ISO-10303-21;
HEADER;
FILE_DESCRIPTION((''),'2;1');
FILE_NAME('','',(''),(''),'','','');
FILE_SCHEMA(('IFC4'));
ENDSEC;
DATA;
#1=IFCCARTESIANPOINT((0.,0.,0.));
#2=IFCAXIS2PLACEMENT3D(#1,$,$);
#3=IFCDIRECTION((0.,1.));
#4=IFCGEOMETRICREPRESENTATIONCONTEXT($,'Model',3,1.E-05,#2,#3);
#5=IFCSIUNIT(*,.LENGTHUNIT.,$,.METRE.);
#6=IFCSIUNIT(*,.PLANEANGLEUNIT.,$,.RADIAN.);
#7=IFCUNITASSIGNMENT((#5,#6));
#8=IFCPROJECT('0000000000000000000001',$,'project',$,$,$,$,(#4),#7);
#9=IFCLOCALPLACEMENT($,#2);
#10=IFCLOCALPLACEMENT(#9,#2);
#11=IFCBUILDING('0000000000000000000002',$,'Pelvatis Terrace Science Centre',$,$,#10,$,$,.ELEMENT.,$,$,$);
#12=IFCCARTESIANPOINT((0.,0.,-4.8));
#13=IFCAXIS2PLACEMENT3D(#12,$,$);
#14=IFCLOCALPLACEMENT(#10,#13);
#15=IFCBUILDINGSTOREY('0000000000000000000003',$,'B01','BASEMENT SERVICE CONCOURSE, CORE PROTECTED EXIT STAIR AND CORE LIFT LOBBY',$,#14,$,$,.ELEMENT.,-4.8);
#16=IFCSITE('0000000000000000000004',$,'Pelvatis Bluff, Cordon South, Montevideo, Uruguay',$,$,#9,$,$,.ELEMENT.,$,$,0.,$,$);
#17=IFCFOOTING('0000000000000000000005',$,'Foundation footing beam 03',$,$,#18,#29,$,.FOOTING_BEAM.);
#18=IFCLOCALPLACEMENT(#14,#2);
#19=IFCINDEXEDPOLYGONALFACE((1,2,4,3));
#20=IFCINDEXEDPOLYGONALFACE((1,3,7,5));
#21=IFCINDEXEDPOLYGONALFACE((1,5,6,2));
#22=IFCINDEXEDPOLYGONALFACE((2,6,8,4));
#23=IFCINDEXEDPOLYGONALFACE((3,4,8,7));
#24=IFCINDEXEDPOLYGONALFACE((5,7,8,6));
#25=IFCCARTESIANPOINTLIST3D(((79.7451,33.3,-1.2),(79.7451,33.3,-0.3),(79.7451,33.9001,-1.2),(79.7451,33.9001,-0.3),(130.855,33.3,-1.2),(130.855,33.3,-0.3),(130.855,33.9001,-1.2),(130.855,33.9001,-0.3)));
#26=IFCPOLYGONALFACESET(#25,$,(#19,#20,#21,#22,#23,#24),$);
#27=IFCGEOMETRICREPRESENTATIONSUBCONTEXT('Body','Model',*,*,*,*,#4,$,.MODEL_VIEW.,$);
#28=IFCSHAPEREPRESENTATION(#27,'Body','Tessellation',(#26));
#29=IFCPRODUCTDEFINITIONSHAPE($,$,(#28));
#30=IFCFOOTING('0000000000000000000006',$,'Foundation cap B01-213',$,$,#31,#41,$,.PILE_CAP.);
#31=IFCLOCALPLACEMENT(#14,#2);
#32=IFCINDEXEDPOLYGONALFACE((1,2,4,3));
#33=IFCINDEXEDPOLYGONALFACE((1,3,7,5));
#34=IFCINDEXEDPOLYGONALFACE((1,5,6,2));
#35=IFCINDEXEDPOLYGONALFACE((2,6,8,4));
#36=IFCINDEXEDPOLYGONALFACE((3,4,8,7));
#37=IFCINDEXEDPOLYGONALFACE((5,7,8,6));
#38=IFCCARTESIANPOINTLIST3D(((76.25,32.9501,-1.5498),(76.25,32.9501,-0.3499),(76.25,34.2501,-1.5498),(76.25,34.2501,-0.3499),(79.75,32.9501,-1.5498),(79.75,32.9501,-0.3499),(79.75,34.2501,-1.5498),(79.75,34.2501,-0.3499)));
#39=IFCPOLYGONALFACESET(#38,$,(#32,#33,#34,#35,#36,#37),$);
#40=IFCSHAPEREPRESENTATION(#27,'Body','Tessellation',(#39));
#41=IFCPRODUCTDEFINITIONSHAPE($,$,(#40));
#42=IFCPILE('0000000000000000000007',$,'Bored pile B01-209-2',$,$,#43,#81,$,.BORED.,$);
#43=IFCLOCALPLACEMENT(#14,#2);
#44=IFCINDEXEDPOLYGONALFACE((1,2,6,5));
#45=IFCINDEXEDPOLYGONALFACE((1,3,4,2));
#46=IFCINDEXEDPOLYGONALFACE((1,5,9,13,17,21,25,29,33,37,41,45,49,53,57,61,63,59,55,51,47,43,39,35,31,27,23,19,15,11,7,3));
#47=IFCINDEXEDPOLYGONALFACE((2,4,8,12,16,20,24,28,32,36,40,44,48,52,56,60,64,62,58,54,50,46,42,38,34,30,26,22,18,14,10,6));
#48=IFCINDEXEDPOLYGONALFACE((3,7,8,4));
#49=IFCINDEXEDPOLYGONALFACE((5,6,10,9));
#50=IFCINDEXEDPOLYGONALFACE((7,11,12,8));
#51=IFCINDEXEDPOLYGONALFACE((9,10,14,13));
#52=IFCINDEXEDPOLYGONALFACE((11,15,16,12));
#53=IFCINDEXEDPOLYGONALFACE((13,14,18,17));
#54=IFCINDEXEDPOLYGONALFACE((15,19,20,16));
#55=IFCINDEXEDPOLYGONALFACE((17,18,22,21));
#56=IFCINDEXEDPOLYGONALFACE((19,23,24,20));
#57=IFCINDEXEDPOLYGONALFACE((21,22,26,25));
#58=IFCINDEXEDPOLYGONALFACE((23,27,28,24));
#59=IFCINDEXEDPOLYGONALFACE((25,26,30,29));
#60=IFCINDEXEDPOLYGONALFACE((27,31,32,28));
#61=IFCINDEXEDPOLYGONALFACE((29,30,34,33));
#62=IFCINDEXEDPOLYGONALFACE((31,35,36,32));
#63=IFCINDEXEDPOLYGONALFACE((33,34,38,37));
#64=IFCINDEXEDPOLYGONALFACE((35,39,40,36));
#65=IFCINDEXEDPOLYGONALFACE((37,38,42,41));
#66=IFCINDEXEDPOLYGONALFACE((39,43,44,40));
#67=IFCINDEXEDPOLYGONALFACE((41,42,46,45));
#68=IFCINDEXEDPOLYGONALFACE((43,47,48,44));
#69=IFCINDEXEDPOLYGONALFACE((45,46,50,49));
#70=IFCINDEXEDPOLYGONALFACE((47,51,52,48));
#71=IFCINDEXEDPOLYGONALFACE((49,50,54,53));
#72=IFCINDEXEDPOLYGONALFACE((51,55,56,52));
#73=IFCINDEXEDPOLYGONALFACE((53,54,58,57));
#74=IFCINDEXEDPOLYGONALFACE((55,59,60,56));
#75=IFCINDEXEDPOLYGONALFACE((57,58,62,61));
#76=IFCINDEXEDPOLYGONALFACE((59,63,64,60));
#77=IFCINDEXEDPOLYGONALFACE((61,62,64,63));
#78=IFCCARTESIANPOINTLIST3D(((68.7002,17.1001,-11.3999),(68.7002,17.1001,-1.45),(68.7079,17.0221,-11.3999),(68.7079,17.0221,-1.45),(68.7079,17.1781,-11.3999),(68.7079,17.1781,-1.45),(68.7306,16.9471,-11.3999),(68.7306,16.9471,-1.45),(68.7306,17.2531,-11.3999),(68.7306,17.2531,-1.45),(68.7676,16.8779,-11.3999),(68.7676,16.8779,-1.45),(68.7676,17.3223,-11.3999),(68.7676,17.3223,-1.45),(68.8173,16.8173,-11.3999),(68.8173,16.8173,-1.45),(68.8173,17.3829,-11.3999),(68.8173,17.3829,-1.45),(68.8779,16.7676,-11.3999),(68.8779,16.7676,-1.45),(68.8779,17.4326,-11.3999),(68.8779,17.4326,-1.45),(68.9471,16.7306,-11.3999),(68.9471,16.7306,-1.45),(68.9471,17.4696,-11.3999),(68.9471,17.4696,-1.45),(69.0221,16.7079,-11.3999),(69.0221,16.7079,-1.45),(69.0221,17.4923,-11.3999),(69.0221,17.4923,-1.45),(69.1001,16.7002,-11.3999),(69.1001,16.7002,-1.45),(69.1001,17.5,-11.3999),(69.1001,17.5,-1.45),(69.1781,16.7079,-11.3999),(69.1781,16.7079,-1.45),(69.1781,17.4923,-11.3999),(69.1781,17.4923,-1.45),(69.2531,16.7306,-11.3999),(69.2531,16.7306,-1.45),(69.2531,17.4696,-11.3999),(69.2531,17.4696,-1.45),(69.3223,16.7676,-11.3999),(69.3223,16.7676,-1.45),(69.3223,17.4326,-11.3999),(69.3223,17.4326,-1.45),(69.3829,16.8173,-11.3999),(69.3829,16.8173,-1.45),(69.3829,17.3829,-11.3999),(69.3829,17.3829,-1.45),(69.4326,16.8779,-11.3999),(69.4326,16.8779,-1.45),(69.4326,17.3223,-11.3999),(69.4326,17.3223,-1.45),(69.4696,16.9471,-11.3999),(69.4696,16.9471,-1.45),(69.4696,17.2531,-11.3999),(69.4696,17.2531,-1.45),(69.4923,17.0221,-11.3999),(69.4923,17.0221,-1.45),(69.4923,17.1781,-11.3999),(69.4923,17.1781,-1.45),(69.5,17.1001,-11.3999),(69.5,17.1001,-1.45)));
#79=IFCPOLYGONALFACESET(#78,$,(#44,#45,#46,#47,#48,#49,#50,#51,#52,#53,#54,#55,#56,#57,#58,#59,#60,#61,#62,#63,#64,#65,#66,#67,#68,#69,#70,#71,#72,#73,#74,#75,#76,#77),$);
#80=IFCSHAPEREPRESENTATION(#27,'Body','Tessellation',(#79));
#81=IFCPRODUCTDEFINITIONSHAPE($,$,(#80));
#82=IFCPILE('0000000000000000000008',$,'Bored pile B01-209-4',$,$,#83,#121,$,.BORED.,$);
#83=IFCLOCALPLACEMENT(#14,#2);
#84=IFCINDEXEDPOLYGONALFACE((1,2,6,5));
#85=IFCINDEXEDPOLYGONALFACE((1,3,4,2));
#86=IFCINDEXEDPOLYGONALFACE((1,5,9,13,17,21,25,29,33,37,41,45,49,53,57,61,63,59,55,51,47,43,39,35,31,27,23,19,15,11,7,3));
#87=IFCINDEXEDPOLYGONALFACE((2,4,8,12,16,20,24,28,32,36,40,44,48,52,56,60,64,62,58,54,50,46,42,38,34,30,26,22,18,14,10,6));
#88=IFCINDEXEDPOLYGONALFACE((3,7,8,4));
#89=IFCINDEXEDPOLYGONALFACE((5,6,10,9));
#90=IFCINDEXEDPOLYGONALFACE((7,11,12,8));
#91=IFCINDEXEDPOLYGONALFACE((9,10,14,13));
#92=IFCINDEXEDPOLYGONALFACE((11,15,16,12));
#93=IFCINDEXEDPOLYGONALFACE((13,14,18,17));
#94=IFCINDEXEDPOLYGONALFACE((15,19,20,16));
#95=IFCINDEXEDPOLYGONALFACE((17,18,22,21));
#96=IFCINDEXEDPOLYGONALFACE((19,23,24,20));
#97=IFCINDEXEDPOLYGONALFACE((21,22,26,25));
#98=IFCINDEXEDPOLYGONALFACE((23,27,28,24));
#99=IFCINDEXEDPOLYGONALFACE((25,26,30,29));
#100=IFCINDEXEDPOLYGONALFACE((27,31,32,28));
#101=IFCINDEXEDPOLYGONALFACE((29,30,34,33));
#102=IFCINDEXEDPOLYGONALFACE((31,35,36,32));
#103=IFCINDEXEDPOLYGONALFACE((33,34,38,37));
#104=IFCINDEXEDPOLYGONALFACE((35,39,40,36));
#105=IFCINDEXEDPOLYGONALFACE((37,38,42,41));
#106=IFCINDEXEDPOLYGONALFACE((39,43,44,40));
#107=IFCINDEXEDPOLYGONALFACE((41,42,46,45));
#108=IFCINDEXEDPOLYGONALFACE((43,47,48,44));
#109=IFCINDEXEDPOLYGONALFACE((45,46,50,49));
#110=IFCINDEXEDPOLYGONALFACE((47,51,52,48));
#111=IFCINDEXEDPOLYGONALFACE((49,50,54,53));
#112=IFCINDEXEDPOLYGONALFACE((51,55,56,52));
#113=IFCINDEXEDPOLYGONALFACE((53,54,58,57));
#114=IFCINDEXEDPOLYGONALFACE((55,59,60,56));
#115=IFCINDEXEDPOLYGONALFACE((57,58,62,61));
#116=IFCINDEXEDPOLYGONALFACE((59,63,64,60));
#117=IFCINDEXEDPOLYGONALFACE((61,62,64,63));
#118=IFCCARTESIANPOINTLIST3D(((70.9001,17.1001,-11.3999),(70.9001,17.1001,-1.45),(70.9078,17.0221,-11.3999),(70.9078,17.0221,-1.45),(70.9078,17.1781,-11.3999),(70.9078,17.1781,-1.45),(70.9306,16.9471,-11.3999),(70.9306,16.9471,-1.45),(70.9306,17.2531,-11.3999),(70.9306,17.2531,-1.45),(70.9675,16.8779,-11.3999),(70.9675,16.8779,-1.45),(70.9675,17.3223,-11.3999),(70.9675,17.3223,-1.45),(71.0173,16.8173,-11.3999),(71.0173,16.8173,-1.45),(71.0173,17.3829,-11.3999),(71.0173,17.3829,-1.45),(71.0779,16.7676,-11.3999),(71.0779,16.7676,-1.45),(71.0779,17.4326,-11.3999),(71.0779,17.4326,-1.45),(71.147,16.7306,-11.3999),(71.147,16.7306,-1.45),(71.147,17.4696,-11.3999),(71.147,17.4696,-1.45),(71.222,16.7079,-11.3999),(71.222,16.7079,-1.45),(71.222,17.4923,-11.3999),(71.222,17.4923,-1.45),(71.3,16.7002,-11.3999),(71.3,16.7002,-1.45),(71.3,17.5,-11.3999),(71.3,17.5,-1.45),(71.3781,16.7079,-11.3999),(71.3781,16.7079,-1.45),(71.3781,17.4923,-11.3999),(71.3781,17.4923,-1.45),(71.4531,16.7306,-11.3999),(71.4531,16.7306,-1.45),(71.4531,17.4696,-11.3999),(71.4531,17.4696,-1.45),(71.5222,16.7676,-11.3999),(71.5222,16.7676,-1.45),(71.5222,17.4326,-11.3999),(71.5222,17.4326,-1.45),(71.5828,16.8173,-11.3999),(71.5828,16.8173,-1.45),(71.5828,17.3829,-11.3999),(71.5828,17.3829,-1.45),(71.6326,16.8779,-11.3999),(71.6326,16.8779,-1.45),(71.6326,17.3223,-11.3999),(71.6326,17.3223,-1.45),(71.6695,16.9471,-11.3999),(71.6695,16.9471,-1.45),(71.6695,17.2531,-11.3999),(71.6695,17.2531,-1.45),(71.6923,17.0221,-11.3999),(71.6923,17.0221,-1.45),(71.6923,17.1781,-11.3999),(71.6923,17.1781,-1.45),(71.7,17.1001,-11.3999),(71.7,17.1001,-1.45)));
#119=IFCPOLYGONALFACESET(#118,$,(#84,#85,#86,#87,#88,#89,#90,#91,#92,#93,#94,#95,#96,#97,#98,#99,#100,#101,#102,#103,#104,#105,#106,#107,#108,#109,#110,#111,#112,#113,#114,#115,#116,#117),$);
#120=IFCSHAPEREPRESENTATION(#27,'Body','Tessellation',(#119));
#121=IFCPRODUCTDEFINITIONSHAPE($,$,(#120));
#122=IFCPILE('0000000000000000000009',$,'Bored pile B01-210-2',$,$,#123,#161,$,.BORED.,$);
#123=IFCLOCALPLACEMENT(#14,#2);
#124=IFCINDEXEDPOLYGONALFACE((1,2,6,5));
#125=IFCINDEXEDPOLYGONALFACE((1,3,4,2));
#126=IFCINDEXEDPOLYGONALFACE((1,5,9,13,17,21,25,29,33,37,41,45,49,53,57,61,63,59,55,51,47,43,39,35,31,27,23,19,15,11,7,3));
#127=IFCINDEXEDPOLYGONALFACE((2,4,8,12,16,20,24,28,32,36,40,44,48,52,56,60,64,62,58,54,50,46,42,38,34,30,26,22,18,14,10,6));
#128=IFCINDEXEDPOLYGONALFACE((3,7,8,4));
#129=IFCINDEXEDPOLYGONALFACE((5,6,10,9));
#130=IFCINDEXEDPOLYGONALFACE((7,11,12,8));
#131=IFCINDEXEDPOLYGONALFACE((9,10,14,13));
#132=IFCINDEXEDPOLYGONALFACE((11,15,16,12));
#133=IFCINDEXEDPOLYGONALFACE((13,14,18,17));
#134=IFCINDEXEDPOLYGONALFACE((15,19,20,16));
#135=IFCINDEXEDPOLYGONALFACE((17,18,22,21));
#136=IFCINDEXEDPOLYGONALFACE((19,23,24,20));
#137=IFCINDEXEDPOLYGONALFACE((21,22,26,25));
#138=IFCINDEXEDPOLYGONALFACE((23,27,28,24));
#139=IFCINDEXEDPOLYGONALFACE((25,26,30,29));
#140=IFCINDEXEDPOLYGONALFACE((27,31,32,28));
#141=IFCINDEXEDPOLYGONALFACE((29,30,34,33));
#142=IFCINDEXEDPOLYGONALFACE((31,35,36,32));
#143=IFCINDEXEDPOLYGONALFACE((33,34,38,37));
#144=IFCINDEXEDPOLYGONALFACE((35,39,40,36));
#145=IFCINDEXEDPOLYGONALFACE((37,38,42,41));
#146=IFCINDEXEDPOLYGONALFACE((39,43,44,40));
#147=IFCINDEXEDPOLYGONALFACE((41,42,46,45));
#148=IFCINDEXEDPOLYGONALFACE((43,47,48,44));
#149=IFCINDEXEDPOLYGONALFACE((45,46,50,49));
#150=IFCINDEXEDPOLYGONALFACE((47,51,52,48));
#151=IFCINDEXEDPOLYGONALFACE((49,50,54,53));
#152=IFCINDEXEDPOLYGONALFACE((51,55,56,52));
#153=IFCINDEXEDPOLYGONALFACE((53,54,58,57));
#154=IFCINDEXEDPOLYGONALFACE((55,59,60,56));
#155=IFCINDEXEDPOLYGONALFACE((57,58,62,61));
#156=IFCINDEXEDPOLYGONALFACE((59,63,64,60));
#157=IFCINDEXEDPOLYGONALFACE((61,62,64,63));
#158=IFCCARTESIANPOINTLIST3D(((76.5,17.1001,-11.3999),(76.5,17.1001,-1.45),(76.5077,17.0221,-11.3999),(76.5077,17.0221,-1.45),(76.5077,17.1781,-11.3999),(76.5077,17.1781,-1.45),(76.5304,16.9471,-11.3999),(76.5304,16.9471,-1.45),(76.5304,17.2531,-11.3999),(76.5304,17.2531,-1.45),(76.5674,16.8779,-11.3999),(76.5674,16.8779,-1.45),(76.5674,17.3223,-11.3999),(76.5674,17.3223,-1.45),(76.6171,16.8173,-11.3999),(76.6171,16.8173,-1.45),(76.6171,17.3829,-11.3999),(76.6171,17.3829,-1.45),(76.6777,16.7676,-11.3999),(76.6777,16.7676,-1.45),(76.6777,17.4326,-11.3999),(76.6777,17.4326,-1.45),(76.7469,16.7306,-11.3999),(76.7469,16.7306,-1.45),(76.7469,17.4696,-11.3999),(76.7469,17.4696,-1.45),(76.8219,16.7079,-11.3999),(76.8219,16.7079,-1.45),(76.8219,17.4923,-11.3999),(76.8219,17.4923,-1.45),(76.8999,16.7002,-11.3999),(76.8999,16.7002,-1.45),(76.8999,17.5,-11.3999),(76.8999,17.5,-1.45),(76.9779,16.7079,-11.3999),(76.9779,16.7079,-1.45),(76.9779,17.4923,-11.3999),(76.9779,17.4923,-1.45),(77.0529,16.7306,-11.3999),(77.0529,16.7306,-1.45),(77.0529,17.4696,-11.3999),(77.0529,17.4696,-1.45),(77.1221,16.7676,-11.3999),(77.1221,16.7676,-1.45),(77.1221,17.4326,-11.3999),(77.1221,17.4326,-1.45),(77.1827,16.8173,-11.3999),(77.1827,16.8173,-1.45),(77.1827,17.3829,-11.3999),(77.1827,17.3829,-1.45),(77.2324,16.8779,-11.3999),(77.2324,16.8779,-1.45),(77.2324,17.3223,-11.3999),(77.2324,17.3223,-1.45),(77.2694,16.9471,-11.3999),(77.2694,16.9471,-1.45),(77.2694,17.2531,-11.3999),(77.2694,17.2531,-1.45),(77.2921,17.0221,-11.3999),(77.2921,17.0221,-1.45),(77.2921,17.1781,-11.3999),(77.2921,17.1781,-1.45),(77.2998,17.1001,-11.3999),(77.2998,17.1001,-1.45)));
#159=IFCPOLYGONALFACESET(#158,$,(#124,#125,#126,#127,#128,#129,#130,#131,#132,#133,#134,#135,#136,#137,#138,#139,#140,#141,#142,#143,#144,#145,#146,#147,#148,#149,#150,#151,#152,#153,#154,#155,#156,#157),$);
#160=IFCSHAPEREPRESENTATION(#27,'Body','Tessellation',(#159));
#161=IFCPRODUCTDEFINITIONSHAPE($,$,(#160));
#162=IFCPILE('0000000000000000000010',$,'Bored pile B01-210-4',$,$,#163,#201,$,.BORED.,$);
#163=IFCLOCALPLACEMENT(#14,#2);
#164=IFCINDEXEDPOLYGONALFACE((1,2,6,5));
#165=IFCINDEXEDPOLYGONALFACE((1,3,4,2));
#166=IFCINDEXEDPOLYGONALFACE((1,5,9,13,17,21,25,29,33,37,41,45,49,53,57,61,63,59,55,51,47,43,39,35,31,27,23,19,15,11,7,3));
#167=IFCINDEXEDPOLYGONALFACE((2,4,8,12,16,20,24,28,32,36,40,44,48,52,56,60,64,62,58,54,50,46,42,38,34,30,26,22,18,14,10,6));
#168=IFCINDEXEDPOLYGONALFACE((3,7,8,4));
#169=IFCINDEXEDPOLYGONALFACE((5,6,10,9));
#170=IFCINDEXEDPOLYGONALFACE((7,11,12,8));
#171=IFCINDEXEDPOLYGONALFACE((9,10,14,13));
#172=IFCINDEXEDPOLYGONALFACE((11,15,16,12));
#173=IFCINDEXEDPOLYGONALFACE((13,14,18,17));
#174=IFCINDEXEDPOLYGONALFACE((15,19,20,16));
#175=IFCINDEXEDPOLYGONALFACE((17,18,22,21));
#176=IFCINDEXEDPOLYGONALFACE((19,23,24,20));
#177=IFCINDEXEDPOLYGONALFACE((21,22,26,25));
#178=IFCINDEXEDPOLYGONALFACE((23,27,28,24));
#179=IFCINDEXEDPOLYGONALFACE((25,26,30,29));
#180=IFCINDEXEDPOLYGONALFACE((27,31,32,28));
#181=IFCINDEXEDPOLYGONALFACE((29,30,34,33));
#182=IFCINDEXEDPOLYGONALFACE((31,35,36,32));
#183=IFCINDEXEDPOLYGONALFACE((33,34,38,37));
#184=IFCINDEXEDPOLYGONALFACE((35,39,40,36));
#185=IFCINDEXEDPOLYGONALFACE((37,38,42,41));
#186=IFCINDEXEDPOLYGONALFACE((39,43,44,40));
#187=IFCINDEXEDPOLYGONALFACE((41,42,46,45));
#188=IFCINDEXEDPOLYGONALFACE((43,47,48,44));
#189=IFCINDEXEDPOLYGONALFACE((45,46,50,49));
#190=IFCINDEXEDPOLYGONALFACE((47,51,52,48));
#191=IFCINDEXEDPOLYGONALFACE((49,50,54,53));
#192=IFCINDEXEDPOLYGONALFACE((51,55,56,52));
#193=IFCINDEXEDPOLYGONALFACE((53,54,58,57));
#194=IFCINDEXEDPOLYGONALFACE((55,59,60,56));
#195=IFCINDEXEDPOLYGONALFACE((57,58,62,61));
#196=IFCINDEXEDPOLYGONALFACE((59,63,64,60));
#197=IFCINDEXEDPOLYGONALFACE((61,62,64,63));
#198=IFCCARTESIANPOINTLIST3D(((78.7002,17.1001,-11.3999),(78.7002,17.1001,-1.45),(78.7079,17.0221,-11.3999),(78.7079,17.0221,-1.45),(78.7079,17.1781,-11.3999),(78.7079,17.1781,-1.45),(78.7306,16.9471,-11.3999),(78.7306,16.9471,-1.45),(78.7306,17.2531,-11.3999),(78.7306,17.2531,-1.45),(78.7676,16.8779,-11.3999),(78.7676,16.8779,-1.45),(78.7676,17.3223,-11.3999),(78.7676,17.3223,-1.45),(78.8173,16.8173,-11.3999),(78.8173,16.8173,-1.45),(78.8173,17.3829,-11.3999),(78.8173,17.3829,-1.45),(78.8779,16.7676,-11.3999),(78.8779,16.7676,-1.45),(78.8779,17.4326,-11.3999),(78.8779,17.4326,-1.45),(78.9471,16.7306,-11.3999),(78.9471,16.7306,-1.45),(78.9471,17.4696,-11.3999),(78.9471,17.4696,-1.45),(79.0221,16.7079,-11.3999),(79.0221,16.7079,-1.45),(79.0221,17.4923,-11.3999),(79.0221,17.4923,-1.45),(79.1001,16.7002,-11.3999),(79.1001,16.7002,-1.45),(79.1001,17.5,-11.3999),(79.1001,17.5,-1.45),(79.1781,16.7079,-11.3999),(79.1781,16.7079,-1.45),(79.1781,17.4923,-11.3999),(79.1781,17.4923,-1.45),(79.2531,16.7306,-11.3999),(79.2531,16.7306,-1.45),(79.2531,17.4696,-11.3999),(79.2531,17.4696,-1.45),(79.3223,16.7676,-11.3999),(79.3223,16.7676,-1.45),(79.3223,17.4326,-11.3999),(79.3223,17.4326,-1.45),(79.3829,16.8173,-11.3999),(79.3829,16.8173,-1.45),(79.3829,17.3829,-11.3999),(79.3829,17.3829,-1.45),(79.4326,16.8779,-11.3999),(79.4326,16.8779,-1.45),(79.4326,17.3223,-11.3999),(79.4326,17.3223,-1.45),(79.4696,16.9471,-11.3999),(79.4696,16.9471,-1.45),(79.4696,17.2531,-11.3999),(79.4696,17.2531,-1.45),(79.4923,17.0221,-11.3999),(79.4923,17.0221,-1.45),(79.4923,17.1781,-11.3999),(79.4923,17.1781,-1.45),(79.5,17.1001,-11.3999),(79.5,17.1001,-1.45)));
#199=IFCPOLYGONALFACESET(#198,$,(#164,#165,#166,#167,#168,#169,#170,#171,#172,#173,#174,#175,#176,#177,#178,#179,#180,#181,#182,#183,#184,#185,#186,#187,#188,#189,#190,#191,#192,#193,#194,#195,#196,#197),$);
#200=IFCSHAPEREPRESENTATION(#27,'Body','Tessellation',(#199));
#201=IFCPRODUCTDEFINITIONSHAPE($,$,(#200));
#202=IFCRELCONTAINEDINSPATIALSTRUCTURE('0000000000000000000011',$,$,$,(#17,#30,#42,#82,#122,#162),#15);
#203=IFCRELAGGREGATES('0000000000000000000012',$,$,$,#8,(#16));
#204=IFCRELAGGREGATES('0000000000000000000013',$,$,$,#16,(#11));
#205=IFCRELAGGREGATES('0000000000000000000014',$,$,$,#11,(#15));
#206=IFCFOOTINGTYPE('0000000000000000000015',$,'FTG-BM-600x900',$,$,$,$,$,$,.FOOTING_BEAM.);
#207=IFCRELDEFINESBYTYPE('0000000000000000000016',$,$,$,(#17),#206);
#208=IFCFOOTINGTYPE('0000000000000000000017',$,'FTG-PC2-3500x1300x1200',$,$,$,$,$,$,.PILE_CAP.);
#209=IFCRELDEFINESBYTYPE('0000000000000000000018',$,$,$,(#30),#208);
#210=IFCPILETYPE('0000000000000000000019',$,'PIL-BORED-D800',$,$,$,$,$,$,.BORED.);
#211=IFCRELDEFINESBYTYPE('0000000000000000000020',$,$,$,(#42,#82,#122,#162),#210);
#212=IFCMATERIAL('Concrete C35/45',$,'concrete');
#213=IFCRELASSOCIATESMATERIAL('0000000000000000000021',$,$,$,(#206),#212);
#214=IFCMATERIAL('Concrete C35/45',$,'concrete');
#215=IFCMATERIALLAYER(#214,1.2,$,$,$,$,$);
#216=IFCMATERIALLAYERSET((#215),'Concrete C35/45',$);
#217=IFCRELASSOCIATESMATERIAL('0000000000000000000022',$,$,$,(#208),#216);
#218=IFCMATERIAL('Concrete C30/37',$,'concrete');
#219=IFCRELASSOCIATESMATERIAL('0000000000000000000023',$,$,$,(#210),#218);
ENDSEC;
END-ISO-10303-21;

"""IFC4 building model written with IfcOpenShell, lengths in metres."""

from ifc_helpers import new_model, si_unit, direction, frame, origin, origin_2d, place, context, subcontext, project, spatial, rectangle, circle, extrude, material, layer, layer_set, material_profile, profile_set, type_object, element, save


model = new_model("IFC4")

# Units and contexts
model_context = context("Model", 3, precision=1e-05, world=origin(), true_north=direction((0.0, 1.0)))
body_context = subcontext(model_context, "Body", "Model", "MODEL_VIEW")
ifc_project = project(units=[si_unit("LENGTHUNIT", "METRE"), si_unit("PLANEANGLEUNIT", "RADIAN")], contexts=[model_context])

# Site, building, storey
site_placement = place(None, origin())
site = spatial("IfcSite", under=ifc_project, at=site_placement, Name="Pelvatis Bluff, Cordon South, Montevideo, Uruguay", CompositionType="ELEMENT", RefElevation=0.0)
building_placement = place(site_placement, origin())
building = spatial("IfcBuilding", under=site, at=building_placement, Name="Pelvatis Terrace Science Centre", CompositionType="ELEMENT")
storey_placement = place(building_placement, frame((0.0, 0.0, -4.8)))
storey = spatial("IfcBuildingStorey", under=building, at=storey_placement, Name="B01", Description="BASEMENT SERVICE CONCOURSE, CORE PROTECTED EXIT STAIR AND CORE LIFT LOBBY", CompositionType="ELEMENT", Elevation=-4.8)

# Footings
ifc_material_1 = material(Name="Concrete C35/45", Category="concrete")
ifc_material_profile_1 = material_profile(ifc_material_1, rectangle(XDim=0.6001, YDim=0.8999, at=origin_2d()), Name="RC-FTB 600x900")
ifc_profile_set_1 = profile_set([ifc_material_profile_1], Name="Concrete C35/45")
footing_type_1 = type_object("IfcFootingType", Name="FTG-BM-600x900", PredefinedType="FOOTING_BEAM", material=ifc_profile_set_1)
footing_1_placement = place(storey_placement, frame((79.7451, 33.6001, -0.75), z_axis=(1.0, 0.0, 0.0), x_axis=(0.0, 1.0, 0.0)))
element("IfcFooting", 1, at=footing_1_placement, inside=storey, type_object=footing_type_1, Name="Foundation footing beam 03", PredefinedType="FOOTING_BEAM", context=body_context, shape_type="SweptSolid", body=[
    extrude(rectangle(XDim=0.6001, YDim=0.8999, at=origin_2d()), origin(), (0.0, 0.0, 1.0), 51.1099),
])
ifc_material_2 = material(Name="Concrete C35/45", Category="concrete")
ifc_layer_1 = layer(ifc_material_2, 1.2)
ifc_layer_set_1 = layer_set([ifc_layer_1], Name="Concrete C35/45")
footing_type_2 = type_object("IfcFootingType", Name="FTG-PC2-3500x1300x1200", PredefinedType="PILE_CAP", material=ifc_layer_set_1)
footing_2_placement = place(storey_placement, frame((78.0, 33.6001, -1.5498), z_axis=(0.0, 0.0, 1.0), x_axis=(1.0, 0.0, 0.0)))
element("IfcFooting", 2, at=footing_2_placement, inside=storey, type_object=footing_type_2, Name="Foundation cap B01-213", PredefinedType="PILE_CAP", context=body_context, shape_type="SweptSolid", body=[
    extrude(rectangle(XDim=3.5, YDim=1.3, at=origin_2d()), origin(), (0.0, 0.0, 1.0), 1.2),
])

# Piles
ifc_material_3 = material(Name="Concrete C30/37", Category="concrete")
ifc_material_profile_2 = material_profile(ifc_material_3, circle(Radius=0.3999, at=origin_2d()), Name="PILE D800")
ifc_profile_set_2 = profile_set([ifc_material_profile_2], Name="Concrete C30/37")
pile_type = type_object("IfcPileType", Name="PIL-BORED-D800", PredefinedType="BORED", material=ifc_profile_set_2)
for number, where, z_axis, x_axis, name in (
    (3, (69.1001, 17.1001, -1.45), (0.0, 0.0, -1.0), (1.0, 0.0, 0.0), "Bored pile B01-209-2"),
    (4, (71.3, 17.1001, -1.45), (0.0, 0.0, -1.0), (1.0, 0.0, 0.0), "Bored pile B01-209-4"),
    (5, (76.8999, 17.1001, -1.45), (0.0, 0.0, -1.0), (1.0, 0.0, 0.0), "Bored pile B01-210-2"),
    (6, (79.1001, 17.1001, -1.45), (0.0, 0.0, -1.0), (1.0, 0.0, 0.0), "Bored pile B01-210-4"),
):
    element("IfcPile", number, at=place(storey_placement, frame(where, z_axis=z_axis, x_axis=x_axis)), inside=storey, type_object=pile_type, Name=name, PredefinedType="BORED", context=body_context, shape_type="SweptSolid", body=[
        extrude(circle(Radius=0.3999, at=origin_2d()), origin(), (0.0, 0.0, 1.0), 9.95),
    ])

save(model, "model.ifc")
